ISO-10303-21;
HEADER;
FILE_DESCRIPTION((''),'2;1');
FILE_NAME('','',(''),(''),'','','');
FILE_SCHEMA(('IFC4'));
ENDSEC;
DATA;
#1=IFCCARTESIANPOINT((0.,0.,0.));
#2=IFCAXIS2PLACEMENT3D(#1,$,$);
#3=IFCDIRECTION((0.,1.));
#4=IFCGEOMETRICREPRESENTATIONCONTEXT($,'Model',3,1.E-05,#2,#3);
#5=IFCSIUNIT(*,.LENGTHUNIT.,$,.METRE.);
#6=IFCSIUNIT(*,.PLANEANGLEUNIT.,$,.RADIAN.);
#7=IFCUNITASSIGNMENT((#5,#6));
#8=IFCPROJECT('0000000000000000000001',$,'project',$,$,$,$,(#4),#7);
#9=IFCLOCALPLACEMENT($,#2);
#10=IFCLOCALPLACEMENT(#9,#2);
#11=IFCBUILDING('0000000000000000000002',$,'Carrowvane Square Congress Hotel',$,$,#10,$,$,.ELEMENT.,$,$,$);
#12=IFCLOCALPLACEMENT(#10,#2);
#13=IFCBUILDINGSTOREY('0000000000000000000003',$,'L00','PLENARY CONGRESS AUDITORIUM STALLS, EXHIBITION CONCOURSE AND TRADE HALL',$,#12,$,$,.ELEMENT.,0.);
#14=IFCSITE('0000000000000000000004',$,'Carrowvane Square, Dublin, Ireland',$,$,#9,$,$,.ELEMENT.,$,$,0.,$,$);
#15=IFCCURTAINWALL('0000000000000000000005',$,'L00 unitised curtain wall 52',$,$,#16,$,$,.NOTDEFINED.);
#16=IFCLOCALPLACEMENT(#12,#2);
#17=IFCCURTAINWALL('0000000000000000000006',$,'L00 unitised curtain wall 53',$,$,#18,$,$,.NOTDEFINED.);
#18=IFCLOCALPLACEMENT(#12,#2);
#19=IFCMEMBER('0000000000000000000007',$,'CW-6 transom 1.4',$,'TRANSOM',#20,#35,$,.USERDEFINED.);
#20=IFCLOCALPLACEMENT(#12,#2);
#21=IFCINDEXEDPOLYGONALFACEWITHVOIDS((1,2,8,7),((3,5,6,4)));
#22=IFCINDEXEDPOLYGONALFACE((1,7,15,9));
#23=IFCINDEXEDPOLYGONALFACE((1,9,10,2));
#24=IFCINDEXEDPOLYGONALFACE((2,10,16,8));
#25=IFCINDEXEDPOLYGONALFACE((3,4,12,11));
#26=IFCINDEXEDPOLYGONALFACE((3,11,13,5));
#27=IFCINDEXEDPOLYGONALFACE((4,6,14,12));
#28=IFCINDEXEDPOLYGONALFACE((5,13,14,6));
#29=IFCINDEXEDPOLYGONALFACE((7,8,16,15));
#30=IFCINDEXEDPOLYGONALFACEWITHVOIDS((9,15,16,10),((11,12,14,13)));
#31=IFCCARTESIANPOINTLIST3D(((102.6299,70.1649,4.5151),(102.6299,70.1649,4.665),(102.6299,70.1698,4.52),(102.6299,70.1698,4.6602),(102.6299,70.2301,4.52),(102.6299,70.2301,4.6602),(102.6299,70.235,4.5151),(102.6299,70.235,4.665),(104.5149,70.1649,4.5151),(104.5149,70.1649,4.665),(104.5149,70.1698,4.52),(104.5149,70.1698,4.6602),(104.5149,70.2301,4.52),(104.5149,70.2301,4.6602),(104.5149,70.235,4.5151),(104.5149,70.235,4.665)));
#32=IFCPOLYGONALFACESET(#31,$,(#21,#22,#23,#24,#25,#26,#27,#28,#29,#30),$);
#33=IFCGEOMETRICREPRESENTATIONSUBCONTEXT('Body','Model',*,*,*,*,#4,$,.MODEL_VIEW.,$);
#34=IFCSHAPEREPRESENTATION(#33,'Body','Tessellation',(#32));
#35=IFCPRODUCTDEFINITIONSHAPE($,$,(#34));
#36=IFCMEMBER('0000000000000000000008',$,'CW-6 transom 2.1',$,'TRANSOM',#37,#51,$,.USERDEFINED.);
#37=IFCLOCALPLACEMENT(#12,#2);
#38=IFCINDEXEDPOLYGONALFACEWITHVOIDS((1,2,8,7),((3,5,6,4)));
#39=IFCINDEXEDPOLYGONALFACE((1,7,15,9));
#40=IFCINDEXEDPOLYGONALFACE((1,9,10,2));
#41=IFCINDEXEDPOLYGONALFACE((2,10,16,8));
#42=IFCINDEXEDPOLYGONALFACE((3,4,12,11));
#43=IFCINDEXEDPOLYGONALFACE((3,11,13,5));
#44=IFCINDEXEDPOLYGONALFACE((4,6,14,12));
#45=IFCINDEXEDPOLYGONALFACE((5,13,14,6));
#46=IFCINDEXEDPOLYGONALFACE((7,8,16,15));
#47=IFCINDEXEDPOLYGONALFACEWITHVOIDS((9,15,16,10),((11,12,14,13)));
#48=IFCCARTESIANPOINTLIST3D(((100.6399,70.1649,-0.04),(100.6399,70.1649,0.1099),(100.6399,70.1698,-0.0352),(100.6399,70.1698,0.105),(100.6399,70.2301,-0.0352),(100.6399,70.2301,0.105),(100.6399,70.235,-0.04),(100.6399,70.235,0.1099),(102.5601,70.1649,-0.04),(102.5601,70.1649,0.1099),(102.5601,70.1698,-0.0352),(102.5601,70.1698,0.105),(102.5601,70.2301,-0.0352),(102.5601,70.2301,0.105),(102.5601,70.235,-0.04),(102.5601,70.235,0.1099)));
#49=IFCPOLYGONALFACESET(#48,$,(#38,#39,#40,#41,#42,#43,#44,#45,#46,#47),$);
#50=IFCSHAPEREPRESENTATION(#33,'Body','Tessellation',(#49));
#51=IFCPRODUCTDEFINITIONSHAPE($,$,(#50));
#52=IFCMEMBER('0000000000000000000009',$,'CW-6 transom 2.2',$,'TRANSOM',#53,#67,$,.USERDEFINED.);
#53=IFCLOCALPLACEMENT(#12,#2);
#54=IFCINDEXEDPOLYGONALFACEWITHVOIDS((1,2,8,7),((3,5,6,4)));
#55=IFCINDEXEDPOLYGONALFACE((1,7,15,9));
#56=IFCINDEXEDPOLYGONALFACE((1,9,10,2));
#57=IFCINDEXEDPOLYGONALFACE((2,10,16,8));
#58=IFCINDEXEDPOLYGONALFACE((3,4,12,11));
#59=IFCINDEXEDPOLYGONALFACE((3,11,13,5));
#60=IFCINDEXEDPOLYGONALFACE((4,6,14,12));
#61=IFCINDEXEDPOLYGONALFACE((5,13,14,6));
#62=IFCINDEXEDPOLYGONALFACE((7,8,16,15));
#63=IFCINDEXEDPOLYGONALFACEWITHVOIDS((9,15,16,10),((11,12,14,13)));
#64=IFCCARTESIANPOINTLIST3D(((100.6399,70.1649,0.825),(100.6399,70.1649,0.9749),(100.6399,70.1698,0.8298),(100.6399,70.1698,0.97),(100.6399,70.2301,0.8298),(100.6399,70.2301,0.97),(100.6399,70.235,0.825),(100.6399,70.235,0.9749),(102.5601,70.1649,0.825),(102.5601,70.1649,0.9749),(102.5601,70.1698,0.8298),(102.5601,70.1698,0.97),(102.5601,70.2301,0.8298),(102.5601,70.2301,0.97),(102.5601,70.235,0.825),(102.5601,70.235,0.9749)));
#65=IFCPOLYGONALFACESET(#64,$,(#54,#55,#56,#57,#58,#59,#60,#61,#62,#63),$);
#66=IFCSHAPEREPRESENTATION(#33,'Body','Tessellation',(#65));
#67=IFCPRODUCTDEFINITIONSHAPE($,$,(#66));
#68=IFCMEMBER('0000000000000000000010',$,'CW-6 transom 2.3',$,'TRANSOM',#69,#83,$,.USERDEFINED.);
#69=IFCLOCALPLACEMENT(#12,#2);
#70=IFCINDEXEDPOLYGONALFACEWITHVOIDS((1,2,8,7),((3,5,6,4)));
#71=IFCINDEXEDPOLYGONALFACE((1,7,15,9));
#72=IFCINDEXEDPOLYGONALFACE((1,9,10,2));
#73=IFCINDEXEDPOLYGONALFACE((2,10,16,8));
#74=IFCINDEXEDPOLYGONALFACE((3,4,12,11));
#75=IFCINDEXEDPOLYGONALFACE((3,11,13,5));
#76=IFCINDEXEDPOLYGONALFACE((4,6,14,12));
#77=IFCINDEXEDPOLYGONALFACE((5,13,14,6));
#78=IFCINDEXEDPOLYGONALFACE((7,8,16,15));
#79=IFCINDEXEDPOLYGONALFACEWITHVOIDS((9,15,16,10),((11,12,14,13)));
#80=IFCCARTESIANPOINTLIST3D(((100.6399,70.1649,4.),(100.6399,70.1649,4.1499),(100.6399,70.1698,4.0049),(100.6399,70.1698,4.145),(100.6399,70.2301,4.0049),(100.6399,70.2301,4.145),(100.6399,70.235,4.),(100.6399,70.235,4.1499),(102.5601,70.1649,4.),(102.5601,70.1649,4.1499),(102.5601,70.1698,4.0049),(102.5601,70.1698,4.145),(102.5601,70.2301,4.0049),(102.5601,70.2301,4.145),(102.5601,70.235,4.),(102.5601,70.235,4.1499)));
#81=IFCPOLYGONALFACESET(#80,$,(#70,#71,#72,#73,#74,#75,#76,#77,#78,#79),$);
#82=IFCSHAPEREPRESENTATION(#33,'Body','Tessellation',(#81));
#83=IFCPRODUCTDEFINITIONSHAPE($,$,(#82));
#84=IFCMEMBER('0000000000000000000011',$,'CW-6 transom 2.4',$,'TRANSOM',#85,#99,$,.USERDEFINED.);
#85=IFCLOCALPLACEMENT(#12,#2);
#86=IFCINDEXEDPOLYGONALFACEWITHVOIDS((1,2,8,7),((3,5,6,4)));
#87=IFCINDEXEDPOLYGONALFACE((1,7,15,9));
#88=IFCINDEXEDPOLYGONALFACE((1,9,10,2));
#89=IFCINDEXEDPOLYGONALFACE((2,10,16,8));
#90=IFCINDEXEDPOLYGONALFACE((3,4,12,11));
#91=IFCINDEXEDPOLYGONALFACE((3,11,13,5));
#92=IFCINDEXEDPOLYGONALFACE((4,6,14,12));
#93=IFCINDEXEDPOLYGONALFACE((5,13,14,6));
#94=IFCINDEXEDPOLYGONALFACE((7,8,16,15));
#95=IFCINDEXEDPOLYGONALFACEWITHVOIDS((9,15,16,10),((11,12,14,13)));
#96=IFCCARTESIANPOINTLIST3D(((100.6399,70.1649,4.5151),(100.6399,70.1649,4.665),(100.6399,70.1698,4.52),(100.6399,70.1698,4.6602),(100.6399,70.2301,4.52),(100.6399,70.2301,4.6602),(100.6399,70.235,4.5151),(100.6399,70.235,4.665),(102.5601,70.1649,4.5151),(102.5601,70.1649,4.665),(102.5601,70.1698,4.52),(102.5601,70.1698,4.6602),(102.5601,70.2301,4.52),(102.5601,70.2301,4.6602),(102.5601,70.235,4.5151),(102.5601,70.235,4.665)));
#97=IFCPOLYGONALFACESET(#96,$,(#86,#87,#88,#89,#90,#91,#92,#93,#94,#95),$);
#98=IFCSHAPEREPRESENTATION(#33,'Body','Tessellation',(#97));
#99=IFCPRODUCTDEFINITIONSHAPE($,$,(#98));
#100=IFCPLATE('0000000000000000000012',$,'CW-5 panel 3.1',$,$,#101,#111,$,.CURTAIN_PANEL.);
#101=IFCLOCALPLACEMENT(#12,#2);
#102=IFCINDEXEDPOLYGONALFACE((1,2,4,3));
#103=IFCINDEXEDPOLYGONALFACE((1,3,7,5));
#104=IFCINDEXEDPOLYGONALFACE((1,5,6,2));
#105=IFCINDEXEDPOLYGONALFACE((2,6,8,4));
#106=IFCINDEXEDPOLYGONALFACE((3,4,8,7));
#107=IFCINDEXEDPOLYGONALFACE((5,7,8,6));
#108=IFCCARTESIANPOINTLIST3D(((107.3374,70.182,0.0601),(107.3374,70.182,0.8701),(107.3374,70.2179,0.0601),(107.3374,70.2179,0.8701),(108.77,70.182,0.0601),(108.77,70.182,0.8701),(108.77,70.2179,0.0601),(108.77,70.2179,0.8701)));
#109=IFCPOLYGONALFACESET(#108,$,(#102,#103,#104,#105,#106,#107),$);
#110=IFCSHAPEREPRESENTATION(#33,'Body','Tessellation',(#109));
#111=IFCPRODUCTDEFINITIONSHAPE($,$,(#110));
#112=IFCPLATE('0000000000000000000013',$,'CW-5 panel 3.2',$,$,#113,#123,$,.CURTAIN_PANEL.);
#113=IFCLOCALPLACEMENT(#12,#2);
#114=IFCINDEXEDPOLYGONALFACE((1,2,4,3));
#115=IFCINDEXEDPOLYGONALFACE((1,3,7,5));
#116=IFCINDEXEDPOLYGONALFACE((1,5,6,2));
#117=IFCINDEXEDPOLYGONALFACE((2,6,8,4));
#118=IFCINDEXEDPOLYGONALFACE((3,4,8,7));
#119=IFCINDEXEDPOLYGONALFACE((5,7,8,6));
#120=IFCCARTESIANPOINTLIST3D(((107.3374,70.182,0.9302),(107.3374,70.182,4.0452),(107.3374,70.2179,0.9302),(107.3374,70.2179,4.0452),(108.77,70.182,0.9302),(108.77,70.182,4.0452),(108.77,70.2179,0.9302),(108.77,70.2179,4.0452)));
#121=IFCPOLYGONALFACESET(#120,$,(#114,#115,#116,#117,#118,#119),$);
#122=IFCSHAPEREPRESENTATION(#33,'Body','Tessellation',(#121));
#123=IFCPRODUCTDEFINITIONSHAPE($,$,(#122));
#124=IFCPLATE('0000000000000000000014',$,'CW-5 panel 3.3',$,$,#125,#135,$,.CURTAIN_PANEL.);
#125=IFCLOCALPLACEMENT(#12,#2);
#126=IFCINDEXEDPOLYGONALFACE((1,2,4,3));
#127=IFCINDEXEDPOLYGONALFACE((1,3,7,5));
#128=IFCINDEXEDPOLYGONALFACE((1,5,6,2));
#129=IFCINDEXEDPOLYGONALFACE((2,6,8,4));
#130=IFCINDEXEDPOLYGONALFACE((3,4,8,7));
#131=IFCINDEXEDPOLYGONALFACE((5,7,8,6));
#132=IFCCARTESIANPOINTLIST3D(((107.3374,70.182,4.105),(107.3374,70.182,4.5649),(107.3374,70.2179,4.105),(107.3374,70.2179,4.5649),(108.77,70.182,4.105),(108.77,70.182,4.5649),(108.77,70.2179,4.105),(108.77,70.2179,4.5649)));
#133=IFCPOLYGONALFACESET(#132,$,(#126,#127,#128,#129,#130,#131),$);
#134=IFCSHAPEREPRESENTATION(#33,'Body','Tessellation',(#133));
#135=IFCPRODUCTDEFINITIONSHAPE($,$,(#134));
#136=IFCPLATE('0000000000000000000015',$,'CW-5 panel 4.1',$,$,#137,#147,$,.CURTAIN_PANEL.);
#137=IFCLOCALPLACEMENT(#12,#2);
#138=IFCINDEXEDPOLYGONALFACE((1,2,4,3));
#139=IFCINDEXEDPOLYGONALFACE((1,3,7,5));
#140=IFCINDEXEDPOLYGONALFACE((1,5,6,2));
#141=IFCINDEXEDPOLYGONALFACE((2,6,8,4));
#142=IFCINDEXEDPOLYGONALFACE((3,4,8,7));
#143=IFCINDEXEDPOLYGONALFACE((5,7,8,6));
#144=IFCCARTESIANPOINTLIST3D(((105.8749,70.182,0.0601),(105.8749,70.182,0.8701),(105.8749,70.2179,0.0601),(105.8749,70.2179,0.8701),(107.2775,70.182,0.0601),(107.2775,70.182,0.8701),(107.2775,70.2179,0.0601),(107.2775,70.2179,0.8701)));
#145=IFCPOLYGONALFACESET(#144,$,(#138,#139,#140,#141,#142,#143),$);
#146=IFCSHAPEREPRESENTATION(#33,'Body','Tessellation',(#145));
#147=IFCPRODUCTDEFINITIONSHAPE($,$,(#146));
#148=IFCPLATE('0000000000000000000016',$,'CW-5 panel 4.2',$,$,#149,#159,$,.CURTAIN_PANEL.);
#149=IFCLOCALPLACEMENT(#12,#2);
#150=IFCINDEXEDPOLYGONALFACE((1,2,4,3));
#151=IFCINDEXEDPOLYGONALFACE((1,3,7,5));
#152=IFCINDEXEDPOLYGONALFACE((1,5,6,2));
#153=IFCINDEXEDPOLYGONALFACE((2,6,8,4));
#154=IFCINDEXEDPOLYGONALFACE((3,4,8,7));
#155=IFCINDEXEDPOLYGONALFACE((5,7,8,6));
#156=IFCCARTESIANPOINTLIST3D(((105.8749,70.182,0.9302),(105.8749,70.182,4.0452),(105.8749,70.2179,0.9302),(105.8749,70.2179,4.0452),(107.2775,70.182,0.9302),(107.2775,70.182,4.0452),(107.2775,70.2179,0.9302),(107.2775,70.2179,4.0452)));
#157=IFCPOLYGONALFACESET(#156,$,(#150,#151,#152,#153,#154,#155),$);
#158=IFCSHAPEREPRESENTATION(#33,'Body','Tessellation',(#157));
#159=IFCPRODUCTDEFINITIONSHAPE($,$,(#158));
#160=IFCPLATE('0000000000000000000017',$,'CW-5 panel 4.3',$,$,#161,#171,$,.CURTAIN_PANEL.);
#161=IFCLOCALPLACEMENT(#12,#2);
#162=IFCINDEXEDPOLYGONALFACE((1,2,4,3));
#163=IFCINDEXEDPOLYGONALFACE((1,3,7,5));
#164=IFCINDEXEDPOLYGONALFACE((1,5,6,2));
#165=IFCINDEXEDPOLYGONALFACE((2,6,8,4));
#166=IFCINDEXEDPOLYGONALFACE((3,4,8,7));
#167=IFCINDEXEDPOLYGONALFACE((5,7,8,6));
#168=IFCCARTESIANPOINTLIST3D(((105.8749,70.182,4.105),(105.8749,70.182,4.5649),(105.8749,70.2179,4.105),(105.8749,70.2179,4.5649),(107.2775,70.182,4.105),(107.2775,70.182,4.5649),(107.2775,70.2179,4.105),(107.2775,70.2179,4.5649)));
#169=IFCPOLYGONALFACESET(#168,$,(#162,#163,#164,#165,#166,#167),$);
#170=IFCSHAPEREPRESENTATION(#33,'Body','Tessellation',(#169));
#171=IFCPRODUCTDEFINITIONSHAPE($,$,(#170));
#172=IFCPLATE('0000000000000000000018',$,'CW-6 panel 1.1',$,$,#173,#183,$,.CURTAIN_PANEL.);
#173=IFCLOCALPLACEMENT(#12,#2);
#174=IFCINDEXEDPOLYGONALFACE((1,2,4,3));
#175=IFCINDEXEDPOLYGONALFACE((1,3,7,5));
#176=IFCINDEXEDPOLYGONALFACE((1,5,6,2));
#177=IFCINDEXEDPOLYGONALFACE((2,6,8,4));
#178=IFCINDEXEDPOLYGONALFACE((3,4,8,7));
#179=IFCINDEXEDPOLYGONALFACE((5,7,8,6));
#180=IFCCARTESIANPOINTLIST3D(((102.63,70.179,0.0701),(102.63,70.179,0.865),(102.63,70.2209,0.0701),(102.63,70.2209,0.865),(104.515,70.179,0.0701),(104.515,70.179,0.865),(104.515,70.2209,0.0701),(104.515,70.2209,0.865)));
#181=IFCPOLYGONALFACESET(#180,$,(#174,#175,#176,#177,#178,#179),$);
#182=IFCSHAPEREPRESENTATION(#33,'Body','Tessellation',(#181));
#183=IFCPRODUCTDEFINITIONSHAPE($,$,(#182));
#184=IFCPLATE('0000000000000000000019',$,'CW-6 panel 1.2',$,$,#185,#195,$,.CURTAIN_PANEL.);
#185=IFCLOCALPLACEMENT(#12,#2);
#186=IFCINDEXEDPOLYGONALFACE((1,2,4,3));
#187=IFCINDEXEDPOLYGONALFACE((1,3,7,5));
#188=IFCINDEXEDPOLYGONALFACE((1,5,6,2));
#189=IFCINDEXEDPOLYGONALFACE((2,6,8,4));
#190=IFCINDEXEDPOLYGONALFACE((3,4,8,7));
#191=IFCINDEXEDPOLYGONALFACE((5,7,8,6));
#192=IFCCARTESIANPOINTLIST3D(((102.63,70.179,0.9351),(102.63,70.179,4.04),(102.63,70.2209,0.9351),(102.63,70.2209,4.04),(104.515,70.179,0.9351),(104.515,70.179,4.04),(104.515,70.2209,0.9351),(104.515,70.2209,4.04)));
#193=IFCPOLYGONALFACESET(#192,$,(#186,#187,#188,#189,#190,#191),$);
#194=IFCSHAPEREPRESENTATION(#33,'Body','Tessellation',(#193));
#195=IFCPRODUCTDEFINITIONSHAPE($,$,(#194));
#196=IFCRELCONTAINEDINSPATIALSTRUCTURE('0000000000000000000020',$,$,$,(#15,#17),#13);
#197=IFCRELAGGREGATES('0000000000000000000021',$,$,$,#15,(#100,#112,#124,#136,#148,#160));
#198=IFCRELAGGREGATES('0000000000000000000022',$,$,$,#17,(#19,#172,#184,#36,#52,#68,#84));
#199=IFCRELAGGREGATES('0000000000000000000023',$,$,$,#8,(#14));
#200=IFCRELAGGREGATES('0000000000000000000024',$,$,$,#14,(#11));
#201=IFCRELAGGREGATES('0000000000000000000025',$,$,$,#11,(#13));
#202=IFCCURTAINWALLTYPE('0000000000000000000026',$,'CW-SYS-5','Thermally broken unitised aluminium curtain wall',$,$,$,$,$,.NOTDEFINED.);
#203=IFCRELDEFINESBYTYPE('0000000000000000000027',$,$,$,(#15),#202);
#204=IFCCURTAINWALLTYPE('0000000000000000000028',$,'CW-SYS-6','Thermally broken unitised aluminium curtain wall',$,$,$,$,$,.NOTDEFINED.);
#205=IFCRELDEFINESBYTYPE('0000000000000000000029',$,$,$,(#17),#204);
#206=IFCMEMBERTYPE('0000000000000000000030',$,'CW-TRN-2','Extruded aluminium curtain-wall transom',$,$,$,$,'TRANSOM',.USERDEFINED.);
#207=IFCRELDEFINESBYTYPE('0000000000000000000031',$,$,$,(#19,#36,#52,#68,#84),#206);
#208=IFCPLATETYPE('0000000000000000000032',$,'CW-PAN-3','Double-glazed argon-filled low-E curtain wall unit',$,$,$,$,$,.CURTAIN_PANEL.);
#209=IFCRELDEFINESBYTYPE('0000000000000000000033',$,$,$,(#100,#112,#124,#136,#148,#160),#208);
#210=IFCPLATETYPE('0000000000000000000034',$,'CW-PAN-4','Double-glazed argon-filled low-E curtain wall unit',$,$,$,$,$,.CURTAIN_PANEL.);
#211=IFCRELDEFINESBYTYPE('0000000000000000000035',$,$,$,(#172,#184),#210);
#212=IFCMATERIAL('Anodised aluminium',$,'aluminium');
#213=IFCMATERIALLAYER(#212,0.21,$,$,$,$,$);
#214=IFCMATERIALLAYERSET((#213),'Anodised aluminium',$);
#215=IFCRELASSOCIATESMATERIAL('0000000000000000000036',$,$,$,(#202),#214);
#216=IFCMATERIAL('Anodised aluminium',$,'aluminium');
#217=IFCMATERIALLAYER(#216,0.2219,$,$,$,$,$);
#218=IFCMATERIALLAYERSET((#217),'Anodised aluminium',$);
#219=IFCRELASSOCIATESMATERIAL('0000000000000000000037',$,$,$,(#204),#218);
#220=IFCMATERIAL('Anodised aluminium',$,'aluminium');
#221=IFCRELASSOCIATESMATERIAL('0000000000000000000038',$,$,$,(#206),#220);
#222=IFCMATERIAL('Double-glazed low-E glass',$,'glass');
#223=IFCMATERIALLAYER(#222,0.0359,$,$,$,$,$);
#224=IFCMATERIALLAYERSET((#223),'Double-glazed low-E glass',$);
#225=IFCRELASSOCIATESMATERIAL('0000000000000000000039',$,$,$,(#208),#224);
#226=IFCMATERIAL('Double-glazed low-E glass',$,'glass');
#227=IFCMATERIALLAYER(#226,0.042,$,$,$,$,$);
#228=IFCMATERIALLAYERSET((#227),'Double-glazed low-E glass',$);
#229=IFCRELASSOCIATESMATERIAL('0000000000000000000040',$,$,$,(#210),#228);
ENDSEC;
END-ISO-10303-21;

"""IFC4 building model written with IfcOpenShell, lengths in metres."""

from ifc_helpers import new_model, si_unit, direction, frame, origin, origin_2d, place, context, subcontext, project, spatial, rectangle, hollow_rectangle, extrude, material, layer, layer_set, material_profile, profile_set, type_object, element, aggregate, save


model = new_model("IFC4")

# Units and contexts
model_context = context("Model", 3, precision=1e-05, world=origin(), true_north=direction((0.0, 1.0)))
body_context = subcontext(model_context, "Body", "Model", "MODEL_VIEW")
ifc_project = project(units=[si_unit("LENGTHUNIT", "METRE"), si_unit("PLANEANGLEUNIT", "RADIAN")], contexts=[model_context])

# Site, building, storey
site_placement = place(None, origin())
site = spatial("IfcSite", under=ifc_project, at=site_placement, Name="Carrowvane Square, Dublin, Ireland", CompositionType="ELEMENT", RefElevation=0.0)
building_placement = place(site_placement, origin())
building = spatial("IfcBuilding", under=site, at=building_placement, Name="Carrowvane Square Congress Hotel", CompositionType="ELEMENT")
storey_placement = place(building_placement, origin())
storey = spatial("IfcBuildingStorey", under=building, at=storey_placement, Name="L00", Description="PLENARY CONGRESS AUDITORIUM STALLS, EXHIBITION CONCOURSE AND TRADE HALL", CompositionType="ELEMENT", Elevation=0.0)

# Curtain walls
ifc_material_1 = material(Name="Anodised aluminium", Category="aluminium")
ifc_layer_1 = layer(ifc_material_1, 0.21)
ifc_layer_set_1 = layer_set([ifc_layer_1], Name="Anodised aluminium")
curtain_wall_type_1 = type_object("IfcCurtainWallType", Name="CW-SYS-5", Description="Thermally broken unitised aluminium curtain wall", PredefinedType="NOTDEFINED", material=ifc_layer_set_1)
curtain_wall_1_placement = place(storey_placement, origin())
curtain_wall_1 = element("IfcCurtainWall", 1, at=curtain_wall_1_placement, inside=storey, type_object=curtain_wall_type_1, Name="L00 unitised curtain wall 52", PredefinedType="NOTDEFINED")
ifc_material_2 = material(Name="Anodised aluminium", Category="aluminium")
ifc_layer_2 = layer(ifc_material_2, 0.2219)
ifc_layer_set_2 = layer_set([ifc_layer_2], Name="Anodised aluminium")
curtain_wall_type_2 = type_object("IfcCurtainWallType", Name="CW-SYS-6", Description="Thermally broken unitised aluminium curtain wall", PredefinedType="NOTDEFINED", material=ifc_layer_set_2)
curtain_wall_2_placement = place(storey_placement, origin())
curtain_wall_2 = element("IfcCurtainWall", 2, at=curtain_wall_2_placement, inside=storey, type_object=curtain_wall_type_2, Name="L00 unitised curtain wall 53", PredefinedType="NOTDEFINED")

# Members
ifc_material_3 = material(Name="Anodised aluminium", Category="aluminium")
ifc_material_profile_1 = material_profile(ifc_material_3, hollow_rectangle(XDim=0.0701, YDim=0.1499, WallThickness=0.0049, at=origin_2d()), Name="CW-TR 70x150x5")
ifc_profile_set_1 = profile_set([ifc_material_profile_1], Name="Anodised aluminium")
member_type_1 = type_object("IfcMemberType", Name="CW-TRN-2", Description="Extruded aluminium curtain-wall transom", ElementType="TRANSOM", PredefinedType="USERDEFINED", material=ifc_profile_set_1)
member_1_placement = place(storey_placement, frame((104.5149, 70.2, 4.5901), z_axis=(-1.0, 0.0, 0.0), x_axis=(0.0, -1.0, 0.0)))
member_1 = element("IfcMember", 3, at=member_1_placement, type_object=member_type_1, Name="CW-6 transom 1.4", ObjectType="TRANSOM", PredefinedType="USERDEFINED", context=body_context, shape_type="SweptSolid", body=[
    extrude(hollow_rectangle(XDim=0.0701, YDim=0.1499, WallThickness=0.0049, at=origin_2d()), origin(), (0.0, 0.0, 1.0), 1.885),
])
member_2_placement = place(storey_placement, frame((102.5601, 70.2, 0.0349), z_axis=(-1.0, 0.0, 0.0), x_axis=(0.0, -1.0, 0.0)))
member_2 = element("IfcMember", 4, at=member_2_placement, type_object=member_type_1, Name="CW-6 transom 2.1", ObjectType="TRANSOM", PredefinedType="USERDEFINED", context=body_context, shape_type="SweptSolid", body=[
    extrude(hollow_rectangle(XDim=0.0701, YDim=0.1499, WallThickness=0.0049, at=origin_2d()), origin(), (0.0, 0.0, 1.0), 1.9202),
])
member_3_placement = place(storey_placement, frame((102.5601, 70.2, 0.8999), z_axis=(-1.0, 0.0, 0.0), x_axis=(0.0, -1.0, 0.0)))
member_3 = element("IfcMember", 5, at=member_3_placement, type_object=member_type_1, Name="CW-6 transom 2.2", ObjectType="TRANSOM", PredefinedType="USERDEFINED", context=body_context, shape_type="SweptSolid", body=[
    extrude(hollow_rectangle(XDim=0.0701, YDim=0.1499, WallThickness=0.0049, at=origin_2d()), origin(), (0.0, 0.0, 1.0), 1.9202),
])
member_4_placement = place(storey_placement, frame((102.5601, 70.2, 4.075), z_axis=(-1.0, 0.0, 0.0), x_axis=(0.0, -1.0, 0.0)))
member_4 = element("IfcMember", 6, at=member_4_placement, type_object=member_type_1, Name="CW-6 transom 2.3", ObjectType="TRANSOM", PredefinedType="USERDEFINED", context=body_context, shape_type="SweptSolid", body=[
    extrude(hollow_rectangle(XDim=0.0701, YDim=0.1499, WallThickness=0.0049, at=origin_2d()), origin(), (0.0, 0.0, 1.0), 1.9202),
])
member_5_placement = place(storey_placement, frame((102.5601, 70.2, 4.5901), z_axis=(-1.0, 0.0, 0.0), x_axis=(0.0, -1.0, 0.0)))
member_5 = element("IfcMember", 7, at=member_5_placement, type_object=member_type_1, Name="CW-6 transom 2.4", ObjectType="TRANSOM", PredefinedType="USERDEFINED", context=body_context, shape_type="SweptSolid", body=[
    extrude(hollow_rectangle(XDim=0.0701, YDim=0.1499, WallThickness=0.0049, at=origin_2d()), origin(), (0.0, 0.0, 1.0), 1.9202),
])

# Plates
ifc_material_4 = material(Name="Double-glazed low-E glass", Category="glass")
ifc_layer_3 = layer(ifc_material_4, 0.0359)
ifc_layer_set_3 = layer_set([ifc_layer_3], Name="Double-glazed low-E glass")
plate_type_1 = type_object("IfcPlateType", Name="CW-PAN-3", Description="Double-glazed argon-filled low-E curtain wall unit", PredefinedType="CURTAIN_PANEL", material=ifc_layer_set_3)
plate_1_placement = place(storey_placement, frame((108.0537, 70.2, 0.0601), z_axis=(0.0, 0.0, 1.0), x_axis=(-1.0, 0.0, 0.0)))
plate_1 = element("IfcPlate", 8, at=plate_1_placement, type_object=plate_type_1, Name="CW-5 panel 3.1", PredefinedType="CURTAIN_PANEL", context=body_context, shape_type="SweptSolid", body=[
    extrude(rectangle(XDim=1.4326, YDim=0.0359, at=origin_2d()), origin(), (0.0, 0.0, 1.0), 0.8101),
])
plate_2_placement = place(storey_placement, frame((108.0537, 70.2, 0.9302), z_axis=(0.0, 0.0, 1.0), x_axis=(-1.0, 0.0, 0.0)))
plate_2 = element("IfcPlate", 9, at=plate_2_placement, type_object=plate_type_1, Name="CW-5 panel 3.2", PredefinedType="CURTAIN_PANEL", context=body_context, shape_type="SweptSolid", body=[
    extrude(rectangle(XDim=1.4326, YDim=0.0359, at=origin_2d()), origin(), (0.0, 0.0, 1.0), 3.115),
])
plate_3_placement = place(storey_placement, frame((108.0537, 70.2, 4.105), z_axis=(0.0, 0.0, 1.0), x_axis=(-1.0, 0.0, 0.0)))
plate_3 = element("IfcPlate", 10, at=plate_3_placement, type_object=plate_type_1, Name="CW-5 panel 3.3", PredefinedType="CURTAIN_PANEL", context=body_context, shape_type="SweptSolid", body=[
    extrude(rectangle(XDim=1.4326, YDim=0.0359, at=origin_2d()), origin(), (0.0, 0.0, 1.0), 0.46),
])
plate_4_placement = place(storey_placement, frame((106.5762, 70.2, 0.0601), z_axis=(0.0, 0.0, 1.0), x_axis=(-1.0, 0.0, 0.0)))
plate_4 = element("IfcPlate", 11, at=plate_4_placement, type_object=plate_type_1, Name="CW-5 panel 4.1", PredefinedType="CURTAIN_PANEL", context=body_context, shape_type="SweptSolid", body=[
    extrude(rectangle(XDim=1.4026, YDim=0.0359, at=origin_2d()), origin(), (0.0, 0.0, 1.0), 0.8101),
])
plate_5_placement = place(storey_placement, frame((106.5762, 70.2, 0.9302), z_axis=(0.0, 0.0, 1.0), x_axis=(-1.0, 0.0, 0.0)))
plate_5 = element("IfcPlate", 12, at=plate_5_placement, type_object=plate_type_1, Name="CW-5 panel 4.2", PredefinedType="CURTAIN_PANEL", context=body_context, shape_type="SweptSolid", body=[
    extrude(rectangle(XDim=1.4026, YDim=0.0359, at=origin_2d()), origin(), (0.0, 0.0, 1.0), 3.115),
])
plate_6_placement = place(storey_placement, frame((106.5762, 70.2, 4.105), z_axis=(0.0, 0.0, 1.0), x_axis=(-1.0, 0.0, 0.0)))
plate_6 = element("IfcPlate", 13, at=plate_6_placement, type_object=plate_type_1, Name="CW-5 panel 4.3", PredefinedType="CURTAIN_PANEL", context=body_context, shape_type="SweptSolid", body=[
    extrude(rectangle(XDim=1.4026, YDim=0.0359, at=origin_2d()), origin(), (0.0, 0.0, 1.0), 0.46),
])
aggregate(curtain_wall_1, [plate_1, plate_2, plate_3, plate_4, plate_5, plate_6])
ifc_material_5 = material(Name="Double-glazed low-E glass", Category="glass")
ifc_layer_4 = layer(ifc_material_5, 0.042)
ifc_layer_set_4 = layer_set([ifc_layer_4], Name="Double-glazed low-E glass")
plate_type_2 = type_object("IfcPlateType", Name="CW-PAN-4", Description="Double-glazed argon-filled low-E curtain wall unit", PredefinedType="CURTAIN_PANEL", material=ifc_layer_set_4)
plate_7_placement = place(storey_placement, frame((103.5725, 70.2, 0.0701), z_axis=(0.0, 0.0, 1.0), x_axis=(-1.0, 0.0, 0.0)))
plate_7 = element("IfcPlate", 14, at=plate_7_placement, type_object=plate_type_2, Name="CW-6 panel 1.1", PredefinedType="CURTAIN_PANEL", context=body_context, shape_type="SweptSolid", body=[
    extrude(rectangle(XDim=1.885, YDim=0.042, at=origin_2d()), origin(), (0.0, 0.0, 1.0), 0.7949),
])
plate_8_placement = place(storey_placement, frame((103.5725, 70.2, 0.9351), z_axis=(0.0, 0.0, 1.0), x_axis=(-1.0, 0.0, 0.0)))
plate_8 = element("IfcPlate", 15, at=plate_8_placement, type_object=plate_type_2, Name="CW-6 panel 1.2", PredefinedType="CURTAIN_PANEL", context=body_context, shape_type="SweptSolid", body=[
    extrude(rectangle(XDim=1.885, YDim=0.042, at=origin_2d()), origin(), (0.0, 0.0, 1.0), 3.105),
])
aggregate(curtain_wall_2, [member_1, plate_7, plate_8, member_2, member_3, member_4, member_5])

save(model, "model.ifc")
